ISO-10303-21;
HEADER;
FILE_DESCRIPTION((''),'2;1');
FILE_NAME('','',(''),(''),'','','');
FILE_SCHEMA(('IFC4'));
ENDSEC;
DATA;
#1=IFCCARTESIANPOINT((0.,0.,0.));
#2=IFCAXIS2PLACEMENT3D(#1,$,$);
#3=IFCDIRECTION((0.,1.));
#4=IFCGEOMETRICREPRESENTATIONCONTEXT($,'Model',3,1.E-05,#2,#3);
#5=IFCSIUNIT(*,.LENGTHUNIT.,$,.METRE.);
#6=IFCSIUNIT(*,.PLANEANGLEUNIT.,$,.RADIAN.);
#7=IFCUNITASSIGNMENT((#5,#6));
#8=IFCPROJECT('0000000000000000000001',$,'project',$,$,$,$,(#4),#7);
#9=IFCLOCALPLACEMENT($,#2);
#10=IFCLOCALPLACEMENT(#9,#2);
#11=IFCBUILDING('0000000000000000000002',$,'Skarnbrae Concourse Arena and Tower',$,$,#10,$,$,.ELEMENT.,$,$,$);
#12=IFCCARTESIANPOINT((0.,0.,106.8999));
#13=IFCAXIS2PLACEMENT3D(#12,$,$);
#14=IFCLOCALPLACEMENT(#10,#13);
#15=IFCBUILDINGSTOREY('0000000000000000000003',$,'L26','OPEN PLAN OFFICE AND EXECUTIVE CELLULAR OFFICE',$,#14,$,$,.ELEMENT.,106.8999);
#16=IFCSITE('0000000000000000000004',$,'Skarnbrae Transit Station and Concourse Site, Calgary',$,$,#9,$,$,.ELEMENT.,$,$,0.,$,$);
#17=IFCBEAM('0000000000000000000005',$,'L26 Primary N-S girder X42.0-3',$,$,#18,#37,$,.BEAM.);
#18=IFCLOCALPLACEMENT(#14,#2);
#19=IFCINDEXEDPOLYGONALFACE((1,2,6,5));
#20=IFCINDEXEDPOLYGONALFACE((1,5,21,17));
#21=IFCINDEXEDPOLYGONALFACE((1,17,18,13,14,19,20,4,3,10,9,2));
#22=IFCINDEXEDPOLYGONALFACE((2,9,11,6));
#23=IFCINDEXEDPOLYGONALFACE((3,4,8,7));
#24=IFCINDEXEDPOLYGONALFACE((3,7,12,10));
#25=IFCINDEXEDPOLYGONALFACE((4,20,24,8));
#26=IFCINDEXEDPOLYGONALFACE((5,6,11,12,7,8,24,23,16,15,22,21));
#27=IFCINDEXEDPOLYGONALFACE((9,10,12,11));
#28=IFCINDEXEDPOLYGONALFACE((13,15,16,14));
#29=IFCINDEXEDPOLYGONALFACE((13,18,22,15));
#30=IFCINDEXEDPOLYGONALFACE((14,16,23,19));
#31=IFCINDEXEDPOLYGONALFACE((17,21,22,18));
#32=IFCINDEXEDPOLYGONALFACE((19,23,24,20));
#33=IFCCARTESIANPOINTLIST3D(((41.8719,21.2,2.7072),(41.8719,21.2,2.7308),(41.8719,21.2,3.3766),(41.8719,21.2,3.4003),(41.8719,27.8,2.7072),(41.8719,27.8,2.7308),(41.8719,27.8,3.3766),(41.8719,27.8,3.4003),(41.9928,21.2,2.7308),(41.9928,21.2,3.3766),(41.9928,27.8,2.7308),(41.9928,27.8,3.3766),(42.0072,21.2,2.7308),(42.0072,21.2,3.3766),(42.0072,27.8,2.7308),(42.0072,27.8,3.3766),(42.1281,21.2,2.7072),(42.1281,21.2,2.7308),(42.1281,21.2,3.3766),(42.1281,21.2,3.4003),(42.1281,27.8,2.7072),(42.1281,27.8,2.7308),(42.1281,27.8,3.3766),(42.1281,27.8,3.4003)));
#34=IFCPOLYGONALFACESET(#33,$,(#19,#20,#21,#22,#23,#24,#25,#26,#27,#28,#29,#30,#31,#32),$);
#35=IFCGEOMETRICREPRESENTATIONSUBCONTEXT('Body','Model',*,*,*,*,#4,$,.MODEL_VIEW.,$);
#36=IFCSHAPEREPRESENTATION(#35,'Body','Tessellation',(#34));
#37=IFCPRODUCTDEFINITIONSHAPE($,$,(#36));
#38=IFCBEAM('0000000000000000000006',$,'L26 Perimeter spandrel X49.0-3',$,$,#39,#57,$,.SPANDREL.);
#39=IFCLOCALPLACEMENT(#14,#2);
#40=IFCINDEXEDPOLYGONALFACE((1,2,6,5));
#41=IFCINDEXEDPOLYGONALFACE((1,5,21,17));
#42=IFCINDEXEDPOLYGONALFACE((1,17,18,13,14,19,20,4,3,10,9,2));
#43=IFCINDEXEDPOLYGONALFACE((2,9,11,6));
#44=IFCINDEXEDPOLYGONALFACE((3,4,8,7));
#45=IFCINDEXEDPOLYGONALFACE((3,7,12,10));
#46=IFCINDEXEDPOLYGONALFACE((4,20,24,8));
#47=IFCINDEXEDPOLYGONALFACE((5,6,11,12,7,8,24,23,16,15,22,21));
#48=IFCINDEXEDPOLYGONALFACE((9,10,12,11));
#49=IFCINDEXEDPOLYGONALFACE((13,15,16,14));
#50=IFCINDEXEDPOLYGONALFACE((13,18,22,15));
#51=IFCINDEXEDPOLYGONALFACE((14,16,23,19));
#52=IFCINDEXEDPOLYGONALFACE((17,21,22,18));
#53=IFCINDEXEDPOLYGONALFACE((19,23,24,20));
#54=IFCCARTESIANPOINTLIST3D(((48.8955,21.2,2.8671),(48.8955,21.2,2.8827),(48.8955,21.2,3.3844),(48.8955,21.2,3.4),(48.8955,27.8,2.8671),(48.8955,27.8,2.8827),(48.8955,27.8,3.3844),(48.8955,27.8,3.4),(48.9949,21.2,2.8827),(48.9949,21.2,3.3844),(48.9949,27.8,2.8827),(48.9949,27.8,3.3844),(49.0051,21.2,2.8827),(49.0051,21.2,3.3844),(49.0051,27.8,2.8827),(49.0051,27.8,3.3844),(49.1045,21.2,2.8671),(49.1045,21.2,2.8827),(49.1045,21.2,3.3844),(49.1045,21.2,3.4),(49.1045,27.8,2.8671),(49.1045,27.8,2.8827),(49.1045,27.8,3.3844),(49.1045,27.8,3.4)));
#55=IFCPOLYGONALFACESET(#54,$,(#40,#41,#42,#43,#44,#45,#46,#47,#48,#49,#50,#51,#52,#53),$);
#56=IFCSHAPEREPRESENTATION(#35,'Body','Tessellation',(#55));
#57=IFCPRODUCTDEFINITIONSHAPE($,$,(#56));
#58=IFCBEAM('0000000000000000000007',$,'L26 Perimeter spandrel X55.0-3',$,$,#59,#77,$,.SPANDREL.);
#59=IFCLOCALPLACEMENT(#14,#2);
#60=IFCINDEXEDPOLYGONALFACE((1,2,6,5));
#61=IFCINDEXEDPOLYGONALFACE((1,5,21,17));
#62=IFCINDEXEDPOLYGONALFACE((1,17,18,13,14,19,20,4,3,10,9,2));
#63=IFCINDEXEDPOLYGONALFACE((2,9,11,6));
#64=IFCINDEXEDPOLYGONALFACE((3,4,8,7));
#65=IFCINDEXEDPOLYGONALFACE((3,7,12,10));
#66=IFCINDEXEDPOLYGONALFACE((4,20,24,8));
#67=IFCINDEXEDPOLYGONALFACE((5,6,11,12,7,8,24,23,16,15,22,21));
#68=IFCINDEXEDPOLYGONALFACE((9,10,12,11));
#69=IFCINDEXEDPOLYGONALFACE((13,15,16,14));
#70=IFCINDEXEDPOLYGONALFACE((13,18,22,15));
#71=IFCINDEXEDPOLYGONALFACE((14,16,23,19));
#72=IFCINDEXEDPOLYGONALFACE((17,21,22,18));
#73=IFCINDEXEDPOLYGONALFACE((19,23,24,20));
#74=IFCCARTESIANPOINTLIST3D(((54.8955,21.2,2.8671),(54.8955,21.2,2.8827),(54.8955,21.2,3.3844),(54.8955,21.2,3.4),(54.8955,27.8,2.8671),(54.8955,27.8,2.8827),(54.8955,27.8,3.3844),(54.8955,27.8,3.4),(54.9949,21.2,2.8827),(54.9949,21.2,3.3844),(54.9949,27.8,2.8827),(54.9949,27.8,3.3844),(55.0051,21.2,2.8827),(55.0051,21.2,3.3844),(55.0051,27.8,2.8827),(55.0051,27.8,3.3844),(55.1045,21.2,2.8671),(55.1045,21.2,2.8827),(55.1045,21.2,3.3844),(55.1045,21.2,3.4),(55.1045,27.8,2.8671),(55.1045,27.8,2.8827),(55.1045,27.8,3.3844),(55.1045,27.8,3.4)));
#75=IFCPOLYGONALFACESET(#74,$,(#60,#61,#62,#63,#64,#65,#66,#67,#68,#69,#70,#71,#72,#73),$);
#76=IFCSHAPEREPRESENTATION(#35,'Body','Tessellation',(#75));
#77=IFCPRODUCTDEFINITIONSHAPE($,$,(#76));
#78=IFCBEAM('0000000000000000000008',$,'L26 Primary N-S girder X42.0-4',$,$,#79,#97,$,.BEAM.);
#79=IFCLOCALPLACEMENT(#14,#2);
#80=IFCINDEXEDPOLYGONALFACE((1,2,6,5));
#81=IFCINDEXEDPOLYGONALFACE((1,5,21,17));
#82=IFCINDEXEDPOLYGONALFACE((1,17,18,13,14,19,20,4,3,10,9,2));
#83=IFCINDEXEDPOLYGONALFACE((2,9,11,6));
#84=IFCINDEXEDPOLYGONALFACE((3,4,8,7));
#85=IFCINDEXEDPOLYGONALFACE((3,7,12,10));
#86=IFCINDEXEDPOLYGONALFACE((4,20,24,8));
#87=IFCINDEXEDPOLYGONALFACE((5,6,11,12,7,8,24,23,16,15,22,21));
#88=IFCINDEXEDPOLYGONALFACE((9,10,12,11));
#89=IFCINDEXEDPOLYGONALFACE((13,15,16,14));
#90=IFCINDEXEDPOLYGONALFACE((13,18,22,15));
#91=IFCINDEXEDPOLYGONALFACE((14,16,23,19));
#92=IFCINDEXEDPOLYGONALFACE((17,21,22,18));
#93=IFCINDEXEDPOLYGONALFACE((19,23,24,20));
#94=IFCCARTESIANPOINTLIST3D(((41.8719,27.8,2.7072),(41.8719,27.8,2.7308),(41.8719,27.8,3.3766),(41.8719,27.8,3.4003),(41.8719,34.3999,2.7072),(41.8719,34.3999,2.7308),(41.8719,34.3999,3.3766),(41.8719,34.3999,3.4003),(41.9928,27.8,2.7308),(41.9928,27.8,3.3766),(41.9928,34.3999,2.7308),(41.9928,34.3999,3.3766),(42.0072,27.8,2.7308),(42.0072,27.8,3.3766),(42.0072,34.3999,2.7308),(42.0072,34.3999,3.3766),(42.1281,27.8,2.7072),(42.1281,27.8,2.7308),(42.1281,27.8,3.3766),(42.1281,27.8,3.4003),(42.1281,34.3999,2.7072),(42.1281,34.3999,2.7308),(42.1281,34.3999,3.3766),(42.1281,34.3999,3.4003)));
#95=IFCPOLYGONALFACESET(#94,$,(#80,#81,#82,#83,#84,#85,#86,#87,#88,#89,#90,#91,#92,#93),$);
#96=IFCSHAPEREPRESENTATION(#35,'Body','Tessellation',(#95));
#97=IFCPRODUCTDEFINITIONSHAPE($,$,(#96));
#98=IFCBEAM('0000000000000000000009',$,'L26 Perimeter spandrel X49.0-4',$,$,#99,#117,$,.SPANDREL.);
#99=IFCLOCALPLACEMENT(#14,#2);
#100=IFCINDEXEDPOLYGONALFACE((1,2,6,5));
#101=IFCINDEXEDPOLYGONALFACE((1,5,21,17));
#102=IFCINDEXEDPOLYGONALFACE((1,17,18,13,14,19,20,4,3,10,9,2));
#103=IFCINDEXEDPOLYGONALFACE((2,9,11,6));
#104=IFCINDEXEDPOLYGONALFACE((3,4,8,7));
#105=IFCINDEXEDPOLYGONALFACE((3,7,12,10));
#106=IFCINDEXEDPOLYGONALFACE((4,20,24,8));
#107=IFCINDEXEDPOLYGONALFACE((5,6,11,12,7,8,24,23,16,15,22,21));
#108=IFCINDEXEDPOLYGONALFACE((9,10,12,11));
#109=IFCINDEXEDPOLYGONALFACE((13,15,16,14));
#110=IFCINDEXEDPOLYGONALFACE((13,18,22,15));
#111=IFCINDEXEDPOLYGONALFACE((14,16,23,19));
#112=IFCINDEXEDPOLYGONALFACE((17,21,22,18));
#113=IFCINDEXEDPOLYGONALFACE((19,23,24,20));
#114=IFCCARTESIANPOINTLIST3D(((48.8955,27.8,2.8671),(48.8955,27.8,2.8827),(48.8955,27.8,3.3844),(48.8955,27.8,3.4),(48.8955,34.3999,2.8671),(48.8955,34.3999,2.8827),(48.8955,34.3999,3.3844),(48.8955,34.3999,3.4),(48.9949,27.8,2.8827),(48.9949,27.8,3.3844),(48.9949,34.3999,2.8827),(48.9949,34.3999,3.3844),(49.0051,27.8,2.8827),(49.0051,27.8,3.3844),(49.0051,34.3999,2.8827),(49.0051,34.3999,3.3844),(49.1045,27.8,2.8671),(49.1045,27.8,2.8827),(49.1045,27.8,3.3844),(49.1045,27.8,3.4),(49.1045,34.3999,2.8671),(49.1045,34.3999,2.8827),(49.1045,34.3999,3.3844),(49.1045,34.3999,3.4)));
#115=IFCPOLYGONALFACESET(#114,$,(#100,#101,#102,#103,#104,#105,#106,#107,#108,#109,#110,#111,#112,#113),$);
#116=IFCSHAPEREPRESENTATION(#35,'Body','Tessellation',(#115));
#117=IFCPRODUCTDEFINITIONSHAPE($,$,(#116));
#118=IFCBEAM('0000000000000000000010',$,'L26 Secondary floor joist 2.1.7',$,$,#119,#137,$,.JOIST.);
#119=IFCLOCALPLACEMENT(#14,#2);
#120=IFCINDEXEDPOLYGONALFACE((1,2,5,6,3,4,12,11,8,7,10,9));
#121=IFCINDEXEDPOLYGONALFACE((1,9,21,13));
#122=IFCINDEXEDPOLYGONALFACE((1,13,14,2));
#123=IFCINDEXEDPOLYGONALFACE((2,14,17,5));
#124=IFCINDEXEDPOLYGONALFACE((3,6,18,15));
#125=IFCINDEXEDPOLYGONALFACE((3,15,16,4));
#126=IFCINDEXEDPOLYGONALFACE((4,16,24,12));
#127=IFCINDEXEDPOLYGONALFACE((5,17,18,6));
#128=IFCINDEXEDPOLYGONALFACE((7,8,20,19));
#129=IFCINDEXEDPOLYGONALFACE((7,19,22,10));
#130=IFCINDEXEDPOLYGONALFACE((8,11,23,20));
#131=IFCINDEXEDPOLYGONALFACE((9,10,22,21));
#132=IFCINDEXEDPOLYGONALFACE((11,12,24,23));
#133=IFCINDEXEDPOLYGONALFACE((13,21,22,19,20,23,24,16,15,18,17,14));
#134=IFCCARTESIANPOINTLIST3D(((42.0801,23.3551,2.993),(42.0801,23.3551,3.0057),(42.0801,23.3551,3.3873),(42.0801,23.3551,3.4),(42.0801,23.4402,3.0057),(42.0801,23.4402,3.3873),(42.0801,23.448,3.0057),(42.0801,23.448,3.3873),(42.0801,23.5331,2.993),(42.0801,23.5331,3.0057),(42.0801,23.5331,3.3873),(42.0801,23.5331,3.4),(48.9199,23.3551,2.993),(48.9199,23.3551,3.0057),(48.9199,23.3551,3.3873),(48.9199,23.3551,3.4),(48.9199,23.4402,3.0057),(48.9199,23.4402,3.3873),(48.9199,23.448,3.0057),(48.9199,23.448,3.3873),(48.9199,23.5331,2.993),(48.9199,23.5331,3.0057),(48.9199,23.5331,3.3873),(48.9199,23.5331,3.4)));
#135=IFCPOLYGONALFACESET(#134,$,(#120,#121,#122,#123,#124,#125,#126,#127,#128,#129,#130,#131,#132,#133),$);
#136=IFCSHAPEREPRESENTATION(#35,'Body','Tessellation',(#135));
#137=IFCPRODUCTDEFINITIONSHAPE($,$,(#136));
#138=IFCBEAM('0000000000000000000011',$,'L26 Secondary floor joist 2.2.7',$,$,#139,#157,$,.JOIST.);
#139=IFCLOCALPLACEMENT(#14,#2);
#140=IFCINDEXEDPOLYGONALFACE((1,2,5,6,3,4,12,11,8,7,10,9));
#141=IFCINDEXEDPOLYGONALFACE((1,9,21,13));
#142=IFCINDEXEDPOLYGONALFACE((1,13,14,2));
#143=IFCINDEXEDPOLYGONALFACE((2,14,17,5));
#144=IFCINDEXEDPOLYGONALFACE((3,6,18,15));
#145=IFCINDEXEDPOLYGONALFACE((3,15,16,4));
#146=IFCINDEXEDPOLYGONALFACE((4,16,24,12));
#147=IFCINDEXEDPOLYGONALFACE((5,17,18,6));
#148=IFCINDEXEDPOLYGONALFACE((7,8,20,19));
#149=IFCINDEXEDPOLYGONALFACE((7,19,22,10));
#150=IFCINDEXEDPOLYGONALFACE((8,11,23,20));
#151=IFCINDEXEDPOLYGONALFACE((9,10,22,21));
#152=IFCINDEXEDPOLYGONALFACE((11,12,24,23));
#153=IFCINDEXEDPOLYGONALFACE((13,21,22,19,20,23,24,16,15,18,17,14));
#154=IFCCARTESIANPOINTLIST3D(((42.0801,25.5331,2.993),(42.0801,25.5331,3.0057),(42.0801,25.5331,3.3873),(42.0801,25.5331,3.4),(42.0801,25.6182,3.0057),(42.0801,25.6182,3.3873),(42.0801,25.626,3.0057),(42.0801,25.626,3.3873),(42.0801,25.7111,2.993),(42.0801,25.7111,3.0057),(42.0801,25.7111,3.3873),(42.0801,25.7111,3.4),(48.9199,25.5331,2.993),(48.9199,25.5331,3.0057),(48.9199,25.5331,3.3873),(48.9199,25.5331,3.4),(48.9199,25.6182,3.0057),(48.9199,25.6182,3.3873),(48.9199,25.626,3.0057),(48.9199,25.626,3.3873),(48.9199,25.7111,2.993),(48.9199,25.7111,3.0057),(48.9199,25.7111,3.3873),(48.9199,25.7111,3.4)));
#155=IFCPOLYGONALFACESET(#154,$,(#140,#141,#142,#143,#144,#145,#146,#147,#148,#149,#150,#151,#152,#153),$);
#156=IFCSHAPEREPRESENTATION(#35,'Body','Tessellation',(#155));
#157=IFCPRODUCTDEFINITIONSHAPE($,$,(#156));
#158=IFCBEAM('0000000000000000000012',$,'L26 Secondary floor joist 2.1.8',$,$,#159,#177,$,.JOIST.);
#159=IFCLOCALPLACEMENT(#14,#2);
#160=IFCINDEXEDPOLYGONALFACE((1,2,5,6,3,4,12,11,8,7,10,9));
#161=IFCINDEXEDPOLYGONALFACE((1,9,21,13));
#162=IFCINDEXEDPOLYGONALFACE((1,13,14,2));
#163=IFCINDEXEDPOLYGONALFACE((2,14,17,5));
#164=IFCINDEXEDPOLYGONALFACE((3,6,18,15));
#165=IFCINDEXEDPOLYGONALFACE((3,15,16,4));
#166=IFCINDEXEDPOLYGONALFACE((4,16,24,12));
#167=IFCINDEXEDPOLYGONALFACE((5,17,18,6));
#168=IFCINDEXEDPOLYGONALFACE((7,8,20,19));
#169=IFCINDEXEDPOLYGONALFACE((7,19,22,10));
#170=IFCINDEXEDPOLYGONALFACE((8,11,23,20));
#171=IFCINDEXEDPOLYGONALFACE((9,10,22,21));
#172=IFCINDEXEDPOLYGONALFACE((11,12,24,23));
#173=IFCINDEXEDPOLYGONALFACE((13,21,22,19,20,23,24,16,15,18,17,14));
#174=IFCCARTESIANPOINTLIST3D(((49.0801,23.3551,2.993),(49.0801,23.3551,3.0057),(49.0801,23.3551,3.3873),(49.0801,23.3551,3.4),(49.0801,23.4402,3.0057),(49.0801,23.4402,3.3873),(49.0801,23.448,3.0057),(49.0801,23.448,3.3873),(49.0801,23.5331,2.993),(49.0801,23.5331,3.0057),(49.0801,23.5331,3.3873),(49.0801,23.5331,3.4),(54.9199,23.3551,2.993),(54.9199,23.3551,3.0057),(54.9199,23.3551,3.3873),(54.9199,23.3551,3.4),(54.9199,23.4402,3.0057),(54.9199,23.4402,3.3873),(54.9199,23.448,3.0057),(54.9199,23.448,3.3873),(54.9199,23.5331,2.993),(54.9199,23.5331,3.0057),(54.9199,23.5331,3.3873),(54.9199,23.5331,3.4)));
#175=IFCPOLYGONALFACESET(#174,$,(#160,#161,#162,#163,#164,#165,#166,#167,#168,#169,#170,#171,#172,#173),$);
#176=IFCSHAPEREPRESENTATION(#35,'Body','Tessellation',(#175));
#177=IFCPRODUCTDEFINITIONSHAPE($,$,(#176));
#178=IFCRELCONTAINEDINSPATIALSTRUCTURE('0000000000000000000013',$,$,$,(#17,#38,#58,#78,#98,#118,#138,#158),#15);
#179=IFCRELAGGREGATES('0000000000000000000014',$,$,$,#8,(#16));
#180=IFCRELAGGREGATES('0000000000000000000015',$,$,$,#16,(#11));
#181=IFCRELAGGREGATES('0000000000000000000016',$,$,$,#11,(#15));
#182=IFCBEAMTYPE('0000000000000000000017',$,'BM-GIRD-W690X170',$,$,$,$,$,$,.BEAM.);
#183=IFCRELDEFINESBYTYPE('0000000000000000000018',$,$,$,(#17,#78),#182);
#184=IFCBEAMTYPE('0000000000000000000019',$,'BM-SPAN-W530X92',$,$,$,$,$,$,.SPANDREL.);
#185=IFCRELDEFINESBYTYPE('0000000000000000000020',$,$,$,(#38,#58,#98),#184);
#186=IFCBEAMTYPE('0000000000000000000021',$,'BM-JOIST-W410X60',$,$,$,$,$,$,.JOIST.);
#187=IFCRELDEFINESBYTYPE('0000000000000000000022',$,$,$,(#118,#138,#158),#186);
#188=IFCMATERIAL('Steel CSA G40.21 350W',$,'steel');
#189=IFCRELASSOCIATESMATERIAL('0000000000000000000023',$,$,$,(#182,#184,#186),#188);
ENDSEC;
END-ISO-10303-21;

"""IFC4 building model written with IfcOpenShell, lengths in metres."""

from ifc_helpers import new_model, si_unit, direction, frame, origin, origin_2d, place, context, subcontext, project, spatial, i_section, extrude, source, transform, mapped, material, material_profile, profile_set, type_object, element, save


model = new_model("IFC4")

# Units and contexts
model_context = context("Model", 3, precision=1e-05, world=origin(), true_north=direction((0.0, 1.0)))
body_context = subcontext(model_context, "Body", "Model", "MODEL_VIEW")
ifc_project = project(units=[si_unit("LENGTHUNIT", "METRE"), si_unit("PLANEANGLEUNIT", "RADIAN")], contexts=[model_context])

# Site, building, storey
site_placement = place(None, origin())
site = spatial("IfcSite", under=ifc_project, at=site_placement, Name="Skarnbrae Transit Station and Concourse Site, Calgary", CompositionType="ELEMENT", RefElevation=0.0)
building_placement = place(site_placement, origin())
building = spatial("IfcBuilding", under=site, at=building_placement, Name="Skarnbrae Concourse Arena and Tower", CompositionType="ELEMENT")
storey_placement = place(building_placement, frame((0.0, 0.0, 106.8999)))
storey = spatial("IfcBuildingStorey", under=building, at=storey_placement, Name="L26", Description="OPEN PLAN OFFICE AND EXECUTIVE CELLULAR OFFICE", CompositionType="ELEMENT", Elevation=106.8999)

# Shared definitions
ifc_material_1 = material(Name="Steel CSA G40.21 350W", Category="steel")

# Beams
ifc_material_profile_1 = material_profile(ifc_material_1, i_section(OverallWidth=0.2561, OverallDepth=0.6931, WebThickness=0.0144, FlangeThickness=0.0237, at=origin_2d()), Name="W690X170")
ifc_profile_set_1 = profile_set([ifc_material_profile_1], Name="Steel CSA G40.21 350W")
beam_type_1 = type_object("IfcBeamType", Name="BM-GIRD-W690X170", PredefinedType="BEAM", material=ifc_profile_set_1)
ifc_material_profile_2 = material_profile(ifc_material_1, i_section(OverallWidth=0.209, OverallDepth=0.533, WebThickness=0.0103, FlangeThickness=0.0156, at=origin_2d()), Name="W530X92")
ifc_profile_set_2 = profile_set([ifc_material_profile_2], Name="Steel CSA G40.21 350W")
beam_type_2 = type_object("IfcBeamType", Name="BM-SPAN-W530X92", PredefinedType="SPANDREL", material=ifc_profile_set_2)
shared_shape_1 = source(origin(), body_context, "Body", "SweptSolid", [
    extrude(i_section(OverallWidth=0.2561, OverallDepth=0.6931, WebThickness=0.0144, FlangeThickness=0.0237, at=origin_2d()), origin(), (0.0, 0.0, 1.0), 6.6001),
])
beam_1_placement = place(storey_placement, frame((42.0, 21.2, 3.0537), z_axis=(0.0, 1.0, 0.0), x_axis=(-1.0, 0.0, 0.0)))
element("IfcBeam", 1, at=beam_1_placement, inside=storey, type_object=beam_type_1, Name="L26 Primary N-S girder X42.0-3", PredefinedType="BEAM", context=body_context, shape_type="MappedRepresentation", body=[
    mapped(shared_shape_1, transform((0.0, 0.0, 0.0))),
])
shared_shape_2 = source(origin(), body_context, "Body", "SweptSolid", [
    extrude(i_section(OverallWidth=0.209, OverallDepth=0.533, WebThickness=0.0103, FlangeThickness=0.0156, at=origin_2d()), origin(), (0.0, 0.0, 1.0), 6.6001),
])
for number, where, z_axis, x_axis, name in (
    (2, (49.0, 21.2, 3.1335), (0.0, 1.0, 0.0), (-1.0, 0.0, 0.0), "L26 Perimeter spandrel X49.0-3"),
    (3, (55.0, 21.2, 3.1335), (0.0, 1.0, 0.0), (-1.0, 0.0, 0.0), "L26 Perimeter spandrel X55.0-3"),
):
    element("IfcBeam", number, at=place(storey_placement, frame(where, z_axis=z_axis, x_axis=x_axis)), inside=storey, type_object=beam_type_2, Name=name, PredefinedType="SPANDREL", context=body_context, shape_type="MappedRepresentation", body=[
        mapped(shared_shape_2, transform((0.0, 0.0, 0.0))),
    ])
shared_shape_3 = source(origin(), body_context, "Body", "SweptSolid", [
    extrude(i_section(OverallWidth=0.2561, OverallDepth=0.6931, WebThickness=0.0144, FlangeThickness=0.0237, at=origin_2d()), origin(), (0.0, 0.0, 1.0), 6.5999),
])
beam_2_placement = place(storey_placement, frame((42.0, 27.8, 3.0537), z_axis=(0.0, 1.0, 0.0), x_axis=(-1.0, 0.0, 0.0)))
element("IfcBeam", 4, at=beam_2_placement, inside=storey, type_object=beam_type_1, Name="L26 Primary N-S girder X42.0-4", PredefinedType="BEAM", context=body_context, shape_type="MappedRepresentation", body=[
    mapped(shared_shape_3, transform((0.0, 0.0, 0.0))),
])
shared_shape_4 = source(origin(), body_context, "Body", "SweptSolid", [
    extrude(i_section(OverallWidth=0.209, OverallDepth=0.533, WebThickness=0.0103, FlangeThickness=0.0156, at=origin_2d()), origin(), (0.0, 0.0, 1.0), 6.5999),
])
beam_3_placement = place(storey_placement, frame((49.0, 27.8, 3.1335), z_axis=(0.0, 1.0, 0.0), x_axis=(-1.0, 0.0, 0.0)))
element("IfcBeam", 5, at=beam_3_placement, inside=storey, type_object=beam_type_2, Name="L26 Perimeter spandrel X49.0-4", PredefinedType="SPANDREL", context=body_context, shape_type="MappedRepresentation", body=[
    mapped(shared_shape_4, transform((0.0, 0.0, 0.0))),
])
ifc_material_profile_3 = material_profile(ifc_material_1, i_section(OverallWidth=0.178, OverallDepth=0.407, WebThickness=0.0078, FlangeThickness=0.0127, at=origin_2d()), Name="W410X60")
ifc_profile_set_3 = profile_set([ifc_material_profile_3], Name="Steel CSA G40.21 350W")
beam_type_3 = type_object("IfcBeamType", Name="BM-JOIST-W410X60", PredefinedType="JOIST", material=ifc_profile_set_3)
shared_shape_5 = source(origin(), body_context, "Body", "SweptSolid", [
    extrude(i_section(OverallWidth=0.178, OverallDepth=0.407, WebThickness=0.0078, FlangeThickness=0.0127, at=origin_2d()), origin(), (0.0, 0.0, 1.0), 6.8398),
])
for number, where, z_axis, x_axis, name in (
    (6, (42.0801, 23.4441, 3.1965), (1.0, 0.0, 0.0), (0.0, 1.0, 0.0), "L26 Secondary floor joist 2.1.7"),
    (7, (42.0801, 25.6221, 3.1965), (1.0, 0.0, 0.0), (0.0, 1.0, 0.0), "L26 Secondary floor joist 2.2.7"),
):
    element("IfcBeam", number, at=place(storey_placement, frame(where, z_axis=z_axis, x_axis=x_axis)), inside=storey, type_object=beam_type_3, Name=name, PredefinedType="JOIST", context=body_context, shape_type="MappedRepresentation", body=[
        mapped(shared_shape_5, transform((0.0, 0.0, 0.0))),
    ])
shared_shape_6 = source(origin(), body_context, "Body", "SweptSolid", [
    extrude(i_section(OverallWidth=0.178, OverallDepth=0.407, WebThickness=0.0078, FlangeThickness=0.0127, at=origin_2d()), origin(), (0.0, 0.0, 1.0), 5.8398),
])
for number, where, z_axis, x_axis, name in (
    (8, (49.0801, 23.4441, 3.1965), (1.0, 0.0, 0.0), (0.0, 1.0, 0.0), "L26 Secondary floor joist 2.1.8"),
):
    element("IfcBeam", number, at=place(storey_placement, frame(where, z_axis=z_axis, x_axis=x_axis)), inside=storey, type_object=beam_type_3, Name=name, PredefinedType="JOIST", context=body_context, shape_type="MappedRepresentation", body=[
        mapped(shared_shape_6, transform((0.0, 0.0, 0.0))),
    ])

save(model, "model.ifc")
